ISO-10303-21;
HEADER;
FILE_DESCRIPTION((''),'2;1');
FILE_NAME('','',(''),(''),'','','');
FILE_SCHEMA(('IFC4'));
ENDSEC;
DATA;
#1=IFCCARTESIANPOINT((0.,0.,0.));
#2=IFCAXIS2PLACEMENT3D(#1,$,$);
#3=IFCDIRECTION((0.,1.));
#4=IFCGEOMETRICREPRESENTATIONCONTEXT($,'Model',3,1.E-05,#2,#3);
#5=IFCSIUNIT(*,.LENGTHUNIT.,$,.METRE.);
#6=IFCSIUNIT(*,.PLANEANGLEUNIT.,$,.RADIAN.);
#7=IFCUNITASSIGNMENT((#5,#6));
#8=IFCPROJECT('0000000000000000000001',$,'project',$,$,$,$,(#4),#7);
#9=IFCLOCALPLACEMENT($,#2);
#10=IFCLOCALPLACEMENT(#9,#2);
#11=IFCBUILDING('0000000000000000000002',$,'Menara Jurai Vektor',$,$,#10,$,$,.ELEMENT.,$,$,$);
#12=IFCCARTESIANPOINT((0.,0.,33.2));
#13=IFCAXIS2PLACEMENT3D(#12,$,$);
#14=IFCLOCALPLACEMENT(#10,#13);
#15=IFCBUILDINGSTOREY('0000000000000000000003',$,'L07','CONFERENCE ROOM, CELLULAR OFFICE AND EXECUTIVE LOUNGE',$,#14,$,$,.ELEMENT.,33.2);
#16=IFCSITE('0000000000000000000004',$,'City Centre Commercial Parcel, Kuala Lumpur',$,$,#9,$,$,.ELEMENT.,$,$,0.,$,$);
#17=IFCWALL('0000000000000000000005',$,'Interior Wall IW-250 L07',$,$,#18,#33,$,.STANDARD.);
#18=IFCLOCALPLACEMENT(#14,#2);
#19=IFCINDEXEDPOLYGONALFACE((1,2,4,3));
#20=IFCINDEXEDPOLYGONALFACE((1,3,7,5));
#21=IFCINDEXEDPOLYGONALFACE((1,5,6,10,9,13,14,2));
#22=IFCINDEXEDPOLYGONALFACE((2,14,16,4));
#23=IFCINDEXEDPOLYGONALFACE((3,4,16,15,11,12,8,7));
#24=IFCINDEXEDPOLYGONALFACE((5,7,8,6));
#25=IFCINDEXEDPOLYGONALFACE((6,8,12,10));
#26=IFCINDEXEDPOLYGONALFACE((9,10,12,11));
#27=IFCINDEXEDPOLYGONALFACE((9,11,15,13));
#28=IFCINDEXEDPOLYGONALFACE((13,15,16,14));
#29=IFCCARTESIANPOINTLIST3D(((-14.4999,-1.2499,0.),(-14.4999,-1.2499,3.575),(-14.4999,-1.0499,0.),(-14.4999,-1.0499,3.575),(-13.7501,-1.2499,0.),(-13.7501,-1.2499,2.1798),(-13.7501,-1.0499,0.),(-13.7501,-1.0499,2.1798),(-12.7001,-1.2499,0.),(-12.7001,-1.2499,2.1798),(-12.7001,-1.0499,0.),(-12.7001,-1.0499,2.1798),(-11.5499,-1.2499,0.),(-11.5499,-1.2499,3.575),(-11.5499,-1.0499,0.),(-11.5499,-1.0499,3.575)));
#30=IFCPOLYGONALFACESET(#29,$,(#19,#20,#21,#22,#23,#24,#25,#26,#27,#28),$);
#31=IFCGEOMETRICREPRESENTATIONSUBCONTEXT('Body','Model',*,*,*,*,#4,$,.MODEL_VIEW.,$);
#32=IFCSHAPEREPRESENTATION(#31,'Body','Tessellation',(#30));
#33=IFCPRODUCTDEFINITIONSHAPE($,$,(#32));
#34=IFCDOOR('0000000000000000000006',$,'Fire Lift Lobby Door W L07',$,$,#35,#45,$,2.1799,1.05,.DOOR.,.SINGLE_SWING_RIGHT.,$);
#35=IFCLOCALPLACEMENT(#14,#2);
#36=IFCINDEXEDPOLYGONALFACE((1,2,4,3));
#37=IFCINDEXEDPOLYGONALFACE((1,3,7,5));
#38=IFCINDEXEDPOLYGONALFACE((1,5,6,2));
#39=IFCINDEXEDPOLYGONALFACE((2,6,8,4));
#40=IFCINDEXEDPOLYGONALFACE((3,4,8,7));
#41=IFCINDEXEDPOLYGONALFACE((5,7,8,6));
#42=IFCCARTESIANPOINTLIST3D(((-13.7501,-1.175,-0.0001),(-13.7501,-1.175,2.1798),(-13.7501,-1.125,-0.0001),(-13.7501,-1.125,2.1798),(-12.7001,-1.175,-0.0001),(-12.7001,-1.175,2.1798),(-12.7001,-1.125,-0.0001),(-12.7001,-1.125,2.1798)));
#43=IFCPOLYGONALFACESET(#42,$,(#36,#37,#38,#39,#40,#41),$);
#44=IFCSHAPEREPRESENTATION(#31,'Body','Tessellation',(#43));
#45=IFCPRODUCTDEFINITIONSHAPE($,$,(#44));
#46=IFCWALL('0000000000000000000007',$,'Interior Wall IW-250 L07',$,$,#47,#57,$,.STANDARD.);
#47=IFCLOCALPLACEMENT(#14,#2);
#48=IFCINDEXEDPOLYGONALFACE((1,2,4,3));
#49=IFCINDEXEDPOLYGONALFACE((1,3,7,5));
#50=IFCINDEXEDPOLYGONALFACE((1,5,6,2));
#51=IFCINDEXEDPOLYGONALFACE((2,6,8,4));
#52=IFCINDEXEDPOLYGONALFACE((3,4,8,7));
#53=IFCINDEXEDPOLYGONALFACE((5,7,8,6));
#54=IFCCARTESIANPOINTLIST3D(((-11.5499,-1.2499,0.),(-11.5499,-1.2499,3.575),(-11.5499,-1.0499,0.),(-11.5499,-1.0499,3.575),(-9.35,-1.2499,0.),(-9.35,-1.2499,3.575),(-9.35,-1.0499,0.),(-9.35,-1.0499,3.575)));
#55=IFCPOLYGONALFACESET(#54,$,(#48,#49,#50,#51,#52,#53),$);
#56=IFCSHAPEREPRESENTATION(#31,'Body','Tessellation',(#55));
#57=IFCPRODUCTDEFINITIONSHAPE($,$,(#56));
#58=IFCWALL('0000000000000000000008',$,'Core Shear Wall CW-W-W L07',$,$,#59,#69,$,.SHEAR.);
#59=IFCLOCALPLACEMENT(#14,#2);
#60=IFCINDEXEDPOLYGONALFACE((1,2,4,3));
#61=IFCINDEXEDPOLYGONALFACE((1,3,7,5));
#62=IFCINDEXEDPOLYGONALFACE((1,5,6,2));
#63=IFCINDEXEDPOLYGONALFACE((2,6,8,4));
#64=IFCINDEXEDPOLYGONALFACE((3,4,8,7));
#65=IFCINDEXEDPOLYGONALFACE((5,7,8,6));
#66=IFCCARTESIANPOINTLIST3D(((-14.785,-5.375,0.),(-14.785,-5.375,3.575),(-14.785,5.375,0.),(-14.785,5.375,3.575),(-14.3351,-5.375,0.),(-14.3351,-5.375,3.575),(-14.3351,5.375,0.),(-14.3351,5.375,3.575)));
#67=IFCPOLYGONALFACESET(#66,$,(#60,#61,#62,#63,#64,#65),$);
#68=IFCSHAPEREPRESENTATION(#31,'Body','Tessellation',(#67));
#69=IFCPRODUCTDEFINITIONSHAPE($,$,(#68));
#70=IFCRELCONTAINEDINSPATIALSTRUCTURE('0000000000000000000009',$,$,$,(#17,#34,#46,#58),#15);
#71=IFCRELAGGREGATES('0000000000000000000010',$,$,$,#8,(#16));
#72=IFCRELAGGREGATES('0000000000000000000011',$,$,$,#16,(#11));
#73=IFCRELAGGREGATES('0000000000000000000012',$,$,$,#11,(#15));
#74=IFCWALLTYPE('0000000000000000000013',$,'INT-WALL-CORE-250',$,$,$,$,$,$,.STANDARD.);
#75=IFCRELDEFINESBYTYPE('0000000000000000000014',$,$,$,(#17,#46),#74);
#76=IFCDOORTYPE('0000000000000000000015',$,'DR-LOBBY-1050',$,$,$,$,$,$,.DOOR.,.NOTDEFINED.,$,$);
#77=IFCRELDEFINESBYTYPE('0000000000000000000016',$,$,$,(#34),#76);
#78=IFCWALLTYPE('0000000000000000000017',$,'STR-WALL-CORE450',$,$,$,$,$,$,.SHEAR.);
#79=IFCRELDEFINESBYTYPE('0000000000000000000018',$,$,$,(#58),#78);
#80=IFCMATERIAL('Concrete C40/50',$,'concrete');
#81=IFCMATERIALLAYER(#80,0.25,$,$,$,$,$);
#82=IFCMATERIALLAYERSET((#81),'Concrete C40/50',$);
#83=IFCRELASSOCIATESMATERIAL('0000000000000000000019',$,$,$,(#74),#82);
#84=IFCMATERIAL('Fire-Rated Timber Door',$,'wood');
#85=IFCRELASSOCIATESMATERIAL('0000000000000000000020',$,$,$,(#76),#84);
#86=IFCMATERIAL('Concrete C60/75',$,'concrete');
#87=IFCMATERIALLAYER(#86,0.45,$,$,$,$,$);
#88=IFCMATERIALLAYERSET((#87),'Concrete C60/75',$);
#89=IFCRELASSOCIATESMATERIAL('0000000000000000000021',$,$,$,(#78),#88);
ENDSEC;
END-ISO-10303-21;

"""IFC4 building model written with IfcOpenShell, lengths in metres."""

from ifc_helpers import new_model, si_unit, direction, frame, frame_2d, origin, place, context, subcontext, project, spatial, rectangle, extrude, material, layer, layer_set, type_object, element, fill, save


model = new_model("IFC4")

# Units and contexts
model_context = context("Model", 3, precision=1e-05, world=origin(), true_north=direction((0.0, 1.0)))
body_context = subcontext(model_context, "Body", "Model", "MODEL_VIEW")
ifc_project = project(units=[si_unit("LENGTHUNIT", "METRE"), si_unit("PLANEANGLEUNIT", "RADIAN")], contexts=[model_context])

# Site, building, storey
site_placement = place(None, origin())
site = spatial("IfcSite", under=ifc_project, at=site_placement, Name="City Centre Commercial Parcel, Kuala Lumpur", CompositionType="ELEMENT", RefElevation=0.0)
building_placement = place(site_placement, origin())
building = spatial("IfcBuilding", under=site, at=building_placement, Name="Menara Jurai Vektor", CompositionType="ELEMENT")
storey_placement = place(building_placement, frame((0.0, 0.0, 33.2)))
storey = spatial("IfcBuildingStorey", under=building, at=storey_placement, Name="L07", Description="CONFERENCE ROOM, CELLULAR OFFICE AND EXECUTIVE LOUNGE", CompositionType="ELEMENT", Elevation=33.2)

# Shared definitions
ifc_material_1 = material(Name="Concrete C60/75", Category="concrete")

# Shared definitions
ifc_material_2 = material(Name="Concrete C40/50", Category="concrete")
ifc_layer_1 = layer(ifc_material_2, 0.25)
ifc_layer_set_1 = layer_set([ifc_layer_1], Name="Concrete C40/50")
wall_type_1 = type_object("IfcWallType", Name="INT-WALL-CORE-250", PredefinedType="STANDARD", material=ifc_layer_set_1)

# Wall, opening, door
wall_1_placement = place(storey_placement, frame((-14.5, -1.1499, 0.0), z_axis=(0.0, 0.0, 1.0), x_axis=(1.0, 0.0, 0.0)))
wall_1 = element("IfcWall", 1, at=wall_1_placement, inside=storey, type_object=wall_type_1, Name="Interior Wall IW-250 L07", PredefinedType="STANDARD", context=body_context, shape_type="SweptSolid", body=[
    extrude(rectangle(XDim=2.95, YDim=0.2, at=frame_2d((1.4751, 0.0))), origin(), (0.0, 0.0, 1.0), 3.575),
])
opening_1_placement = place(wall_1_placement, frame((0.75, 0.0, 0.0)))
opening_1 = element("IfcOpeningElement", 2, at=opening_1_placement, cuts=wall_1, PredefinedType="OPENING", context=body_context, shape_type="SweptSolid", body=[
    extrude(rectangle(XDim=1.05, YDim=2.1799, at=frame_2d((0.5249, 1.0898))), frame((0.0, 0.1099, 0.0), z_axis=(0.0, -1.0, 0.0), x_axis=(1.0, 0.0, 0.0)), (0.0, 0.0, 1.0), 0.22),
])
ifc_material_3 = material(Name="Fire-Rated Timber Door", Category="wood")
door_type_1 = type_object("IfcDoorType", Name="DR-LOBBY-1050", OperationType="NOTDEFINED", PredefinedType="DOOR", material=ifc_material_3)
door_1_placement = place(opening_1_placement, origin())
door_1 = element("IfcDoor", 3, at=door_1_placement, inside=storey, type_object=door_type_1, Name="Fire Lift Lobby Door W L07", OperationType="SINGLE_SWING_RIGHT", OverallHeight=2.1799, OverallWidth=1.05, PredefinedType="DOOR", context=body_context, shape_type="SweptSolid", body=[
    extrude(rectangle(XDim=1.05, YDim=2.1799, at=frame_2d((0.5249, 1.0898))), frame((0.0, 0.0249, 0.0), z_axis=(0.0, -1.0, 0.0), x_axis=(1.0, 0.0, 0.0)), (0.0, 0.0, 1.0), 0.05),
])
fill(opening_1, door_1)

# Wall
wall_2_placement = place(storey_placement, frame((-11.55, -1.1499, 0.0), z_axis=(0.0, 0.0, 1.0), x_axis=(1.0, 0.0, 0.0)))
element("IfcWall", 4, at=wall_2_placement, inside=storey, type_object=wall_type_1, Name="Interior Wall IW-250 L07", PredefinedType="STANDARD", context=body_context, shape_type="SweptSolid", body=[
    extrude(rectangle(XDim=2.2, YDim=0.2, at=frame_2d((1.1001, 0.0))), origin(), (0.0, 0.0, 1.0), 3.575),
])

# Wall
ifc_layer_2 = layer(ifc_material_1, 0.45)
ifc_layer_set_2 = layer_set([ifc_layer_2], Name="Concrete C60/75")
wall_type_2 = type_object("IfcWallType", Name="STR-WALL-CORE450", PredefinedType="SHEAR", material=ifc_layer_set_2)
wall_3_placement = place(storey_placement, frame((-14.5601, -5.375, 0.0), z_axis=(0.0, 0.0, 1.0), x_axis=(0.0, 1.0, 0.0)))
element("IfcWall", 5, at=wall_3_placement, inside=storey, type_object=wall_type_2, Name="Core Shear Wall CW-W-W L07", PredefinedType="SHEAR", context=body_context, shape_type="SweptSolid", body=[
    extrude(rectangle(XDim=10.75, YDim=0.45, at=frame_2d((5.375, 0.0))), origin(), (0.0, 0.0, 1.0), 3.575),
])

save(model, "model.ifc")
